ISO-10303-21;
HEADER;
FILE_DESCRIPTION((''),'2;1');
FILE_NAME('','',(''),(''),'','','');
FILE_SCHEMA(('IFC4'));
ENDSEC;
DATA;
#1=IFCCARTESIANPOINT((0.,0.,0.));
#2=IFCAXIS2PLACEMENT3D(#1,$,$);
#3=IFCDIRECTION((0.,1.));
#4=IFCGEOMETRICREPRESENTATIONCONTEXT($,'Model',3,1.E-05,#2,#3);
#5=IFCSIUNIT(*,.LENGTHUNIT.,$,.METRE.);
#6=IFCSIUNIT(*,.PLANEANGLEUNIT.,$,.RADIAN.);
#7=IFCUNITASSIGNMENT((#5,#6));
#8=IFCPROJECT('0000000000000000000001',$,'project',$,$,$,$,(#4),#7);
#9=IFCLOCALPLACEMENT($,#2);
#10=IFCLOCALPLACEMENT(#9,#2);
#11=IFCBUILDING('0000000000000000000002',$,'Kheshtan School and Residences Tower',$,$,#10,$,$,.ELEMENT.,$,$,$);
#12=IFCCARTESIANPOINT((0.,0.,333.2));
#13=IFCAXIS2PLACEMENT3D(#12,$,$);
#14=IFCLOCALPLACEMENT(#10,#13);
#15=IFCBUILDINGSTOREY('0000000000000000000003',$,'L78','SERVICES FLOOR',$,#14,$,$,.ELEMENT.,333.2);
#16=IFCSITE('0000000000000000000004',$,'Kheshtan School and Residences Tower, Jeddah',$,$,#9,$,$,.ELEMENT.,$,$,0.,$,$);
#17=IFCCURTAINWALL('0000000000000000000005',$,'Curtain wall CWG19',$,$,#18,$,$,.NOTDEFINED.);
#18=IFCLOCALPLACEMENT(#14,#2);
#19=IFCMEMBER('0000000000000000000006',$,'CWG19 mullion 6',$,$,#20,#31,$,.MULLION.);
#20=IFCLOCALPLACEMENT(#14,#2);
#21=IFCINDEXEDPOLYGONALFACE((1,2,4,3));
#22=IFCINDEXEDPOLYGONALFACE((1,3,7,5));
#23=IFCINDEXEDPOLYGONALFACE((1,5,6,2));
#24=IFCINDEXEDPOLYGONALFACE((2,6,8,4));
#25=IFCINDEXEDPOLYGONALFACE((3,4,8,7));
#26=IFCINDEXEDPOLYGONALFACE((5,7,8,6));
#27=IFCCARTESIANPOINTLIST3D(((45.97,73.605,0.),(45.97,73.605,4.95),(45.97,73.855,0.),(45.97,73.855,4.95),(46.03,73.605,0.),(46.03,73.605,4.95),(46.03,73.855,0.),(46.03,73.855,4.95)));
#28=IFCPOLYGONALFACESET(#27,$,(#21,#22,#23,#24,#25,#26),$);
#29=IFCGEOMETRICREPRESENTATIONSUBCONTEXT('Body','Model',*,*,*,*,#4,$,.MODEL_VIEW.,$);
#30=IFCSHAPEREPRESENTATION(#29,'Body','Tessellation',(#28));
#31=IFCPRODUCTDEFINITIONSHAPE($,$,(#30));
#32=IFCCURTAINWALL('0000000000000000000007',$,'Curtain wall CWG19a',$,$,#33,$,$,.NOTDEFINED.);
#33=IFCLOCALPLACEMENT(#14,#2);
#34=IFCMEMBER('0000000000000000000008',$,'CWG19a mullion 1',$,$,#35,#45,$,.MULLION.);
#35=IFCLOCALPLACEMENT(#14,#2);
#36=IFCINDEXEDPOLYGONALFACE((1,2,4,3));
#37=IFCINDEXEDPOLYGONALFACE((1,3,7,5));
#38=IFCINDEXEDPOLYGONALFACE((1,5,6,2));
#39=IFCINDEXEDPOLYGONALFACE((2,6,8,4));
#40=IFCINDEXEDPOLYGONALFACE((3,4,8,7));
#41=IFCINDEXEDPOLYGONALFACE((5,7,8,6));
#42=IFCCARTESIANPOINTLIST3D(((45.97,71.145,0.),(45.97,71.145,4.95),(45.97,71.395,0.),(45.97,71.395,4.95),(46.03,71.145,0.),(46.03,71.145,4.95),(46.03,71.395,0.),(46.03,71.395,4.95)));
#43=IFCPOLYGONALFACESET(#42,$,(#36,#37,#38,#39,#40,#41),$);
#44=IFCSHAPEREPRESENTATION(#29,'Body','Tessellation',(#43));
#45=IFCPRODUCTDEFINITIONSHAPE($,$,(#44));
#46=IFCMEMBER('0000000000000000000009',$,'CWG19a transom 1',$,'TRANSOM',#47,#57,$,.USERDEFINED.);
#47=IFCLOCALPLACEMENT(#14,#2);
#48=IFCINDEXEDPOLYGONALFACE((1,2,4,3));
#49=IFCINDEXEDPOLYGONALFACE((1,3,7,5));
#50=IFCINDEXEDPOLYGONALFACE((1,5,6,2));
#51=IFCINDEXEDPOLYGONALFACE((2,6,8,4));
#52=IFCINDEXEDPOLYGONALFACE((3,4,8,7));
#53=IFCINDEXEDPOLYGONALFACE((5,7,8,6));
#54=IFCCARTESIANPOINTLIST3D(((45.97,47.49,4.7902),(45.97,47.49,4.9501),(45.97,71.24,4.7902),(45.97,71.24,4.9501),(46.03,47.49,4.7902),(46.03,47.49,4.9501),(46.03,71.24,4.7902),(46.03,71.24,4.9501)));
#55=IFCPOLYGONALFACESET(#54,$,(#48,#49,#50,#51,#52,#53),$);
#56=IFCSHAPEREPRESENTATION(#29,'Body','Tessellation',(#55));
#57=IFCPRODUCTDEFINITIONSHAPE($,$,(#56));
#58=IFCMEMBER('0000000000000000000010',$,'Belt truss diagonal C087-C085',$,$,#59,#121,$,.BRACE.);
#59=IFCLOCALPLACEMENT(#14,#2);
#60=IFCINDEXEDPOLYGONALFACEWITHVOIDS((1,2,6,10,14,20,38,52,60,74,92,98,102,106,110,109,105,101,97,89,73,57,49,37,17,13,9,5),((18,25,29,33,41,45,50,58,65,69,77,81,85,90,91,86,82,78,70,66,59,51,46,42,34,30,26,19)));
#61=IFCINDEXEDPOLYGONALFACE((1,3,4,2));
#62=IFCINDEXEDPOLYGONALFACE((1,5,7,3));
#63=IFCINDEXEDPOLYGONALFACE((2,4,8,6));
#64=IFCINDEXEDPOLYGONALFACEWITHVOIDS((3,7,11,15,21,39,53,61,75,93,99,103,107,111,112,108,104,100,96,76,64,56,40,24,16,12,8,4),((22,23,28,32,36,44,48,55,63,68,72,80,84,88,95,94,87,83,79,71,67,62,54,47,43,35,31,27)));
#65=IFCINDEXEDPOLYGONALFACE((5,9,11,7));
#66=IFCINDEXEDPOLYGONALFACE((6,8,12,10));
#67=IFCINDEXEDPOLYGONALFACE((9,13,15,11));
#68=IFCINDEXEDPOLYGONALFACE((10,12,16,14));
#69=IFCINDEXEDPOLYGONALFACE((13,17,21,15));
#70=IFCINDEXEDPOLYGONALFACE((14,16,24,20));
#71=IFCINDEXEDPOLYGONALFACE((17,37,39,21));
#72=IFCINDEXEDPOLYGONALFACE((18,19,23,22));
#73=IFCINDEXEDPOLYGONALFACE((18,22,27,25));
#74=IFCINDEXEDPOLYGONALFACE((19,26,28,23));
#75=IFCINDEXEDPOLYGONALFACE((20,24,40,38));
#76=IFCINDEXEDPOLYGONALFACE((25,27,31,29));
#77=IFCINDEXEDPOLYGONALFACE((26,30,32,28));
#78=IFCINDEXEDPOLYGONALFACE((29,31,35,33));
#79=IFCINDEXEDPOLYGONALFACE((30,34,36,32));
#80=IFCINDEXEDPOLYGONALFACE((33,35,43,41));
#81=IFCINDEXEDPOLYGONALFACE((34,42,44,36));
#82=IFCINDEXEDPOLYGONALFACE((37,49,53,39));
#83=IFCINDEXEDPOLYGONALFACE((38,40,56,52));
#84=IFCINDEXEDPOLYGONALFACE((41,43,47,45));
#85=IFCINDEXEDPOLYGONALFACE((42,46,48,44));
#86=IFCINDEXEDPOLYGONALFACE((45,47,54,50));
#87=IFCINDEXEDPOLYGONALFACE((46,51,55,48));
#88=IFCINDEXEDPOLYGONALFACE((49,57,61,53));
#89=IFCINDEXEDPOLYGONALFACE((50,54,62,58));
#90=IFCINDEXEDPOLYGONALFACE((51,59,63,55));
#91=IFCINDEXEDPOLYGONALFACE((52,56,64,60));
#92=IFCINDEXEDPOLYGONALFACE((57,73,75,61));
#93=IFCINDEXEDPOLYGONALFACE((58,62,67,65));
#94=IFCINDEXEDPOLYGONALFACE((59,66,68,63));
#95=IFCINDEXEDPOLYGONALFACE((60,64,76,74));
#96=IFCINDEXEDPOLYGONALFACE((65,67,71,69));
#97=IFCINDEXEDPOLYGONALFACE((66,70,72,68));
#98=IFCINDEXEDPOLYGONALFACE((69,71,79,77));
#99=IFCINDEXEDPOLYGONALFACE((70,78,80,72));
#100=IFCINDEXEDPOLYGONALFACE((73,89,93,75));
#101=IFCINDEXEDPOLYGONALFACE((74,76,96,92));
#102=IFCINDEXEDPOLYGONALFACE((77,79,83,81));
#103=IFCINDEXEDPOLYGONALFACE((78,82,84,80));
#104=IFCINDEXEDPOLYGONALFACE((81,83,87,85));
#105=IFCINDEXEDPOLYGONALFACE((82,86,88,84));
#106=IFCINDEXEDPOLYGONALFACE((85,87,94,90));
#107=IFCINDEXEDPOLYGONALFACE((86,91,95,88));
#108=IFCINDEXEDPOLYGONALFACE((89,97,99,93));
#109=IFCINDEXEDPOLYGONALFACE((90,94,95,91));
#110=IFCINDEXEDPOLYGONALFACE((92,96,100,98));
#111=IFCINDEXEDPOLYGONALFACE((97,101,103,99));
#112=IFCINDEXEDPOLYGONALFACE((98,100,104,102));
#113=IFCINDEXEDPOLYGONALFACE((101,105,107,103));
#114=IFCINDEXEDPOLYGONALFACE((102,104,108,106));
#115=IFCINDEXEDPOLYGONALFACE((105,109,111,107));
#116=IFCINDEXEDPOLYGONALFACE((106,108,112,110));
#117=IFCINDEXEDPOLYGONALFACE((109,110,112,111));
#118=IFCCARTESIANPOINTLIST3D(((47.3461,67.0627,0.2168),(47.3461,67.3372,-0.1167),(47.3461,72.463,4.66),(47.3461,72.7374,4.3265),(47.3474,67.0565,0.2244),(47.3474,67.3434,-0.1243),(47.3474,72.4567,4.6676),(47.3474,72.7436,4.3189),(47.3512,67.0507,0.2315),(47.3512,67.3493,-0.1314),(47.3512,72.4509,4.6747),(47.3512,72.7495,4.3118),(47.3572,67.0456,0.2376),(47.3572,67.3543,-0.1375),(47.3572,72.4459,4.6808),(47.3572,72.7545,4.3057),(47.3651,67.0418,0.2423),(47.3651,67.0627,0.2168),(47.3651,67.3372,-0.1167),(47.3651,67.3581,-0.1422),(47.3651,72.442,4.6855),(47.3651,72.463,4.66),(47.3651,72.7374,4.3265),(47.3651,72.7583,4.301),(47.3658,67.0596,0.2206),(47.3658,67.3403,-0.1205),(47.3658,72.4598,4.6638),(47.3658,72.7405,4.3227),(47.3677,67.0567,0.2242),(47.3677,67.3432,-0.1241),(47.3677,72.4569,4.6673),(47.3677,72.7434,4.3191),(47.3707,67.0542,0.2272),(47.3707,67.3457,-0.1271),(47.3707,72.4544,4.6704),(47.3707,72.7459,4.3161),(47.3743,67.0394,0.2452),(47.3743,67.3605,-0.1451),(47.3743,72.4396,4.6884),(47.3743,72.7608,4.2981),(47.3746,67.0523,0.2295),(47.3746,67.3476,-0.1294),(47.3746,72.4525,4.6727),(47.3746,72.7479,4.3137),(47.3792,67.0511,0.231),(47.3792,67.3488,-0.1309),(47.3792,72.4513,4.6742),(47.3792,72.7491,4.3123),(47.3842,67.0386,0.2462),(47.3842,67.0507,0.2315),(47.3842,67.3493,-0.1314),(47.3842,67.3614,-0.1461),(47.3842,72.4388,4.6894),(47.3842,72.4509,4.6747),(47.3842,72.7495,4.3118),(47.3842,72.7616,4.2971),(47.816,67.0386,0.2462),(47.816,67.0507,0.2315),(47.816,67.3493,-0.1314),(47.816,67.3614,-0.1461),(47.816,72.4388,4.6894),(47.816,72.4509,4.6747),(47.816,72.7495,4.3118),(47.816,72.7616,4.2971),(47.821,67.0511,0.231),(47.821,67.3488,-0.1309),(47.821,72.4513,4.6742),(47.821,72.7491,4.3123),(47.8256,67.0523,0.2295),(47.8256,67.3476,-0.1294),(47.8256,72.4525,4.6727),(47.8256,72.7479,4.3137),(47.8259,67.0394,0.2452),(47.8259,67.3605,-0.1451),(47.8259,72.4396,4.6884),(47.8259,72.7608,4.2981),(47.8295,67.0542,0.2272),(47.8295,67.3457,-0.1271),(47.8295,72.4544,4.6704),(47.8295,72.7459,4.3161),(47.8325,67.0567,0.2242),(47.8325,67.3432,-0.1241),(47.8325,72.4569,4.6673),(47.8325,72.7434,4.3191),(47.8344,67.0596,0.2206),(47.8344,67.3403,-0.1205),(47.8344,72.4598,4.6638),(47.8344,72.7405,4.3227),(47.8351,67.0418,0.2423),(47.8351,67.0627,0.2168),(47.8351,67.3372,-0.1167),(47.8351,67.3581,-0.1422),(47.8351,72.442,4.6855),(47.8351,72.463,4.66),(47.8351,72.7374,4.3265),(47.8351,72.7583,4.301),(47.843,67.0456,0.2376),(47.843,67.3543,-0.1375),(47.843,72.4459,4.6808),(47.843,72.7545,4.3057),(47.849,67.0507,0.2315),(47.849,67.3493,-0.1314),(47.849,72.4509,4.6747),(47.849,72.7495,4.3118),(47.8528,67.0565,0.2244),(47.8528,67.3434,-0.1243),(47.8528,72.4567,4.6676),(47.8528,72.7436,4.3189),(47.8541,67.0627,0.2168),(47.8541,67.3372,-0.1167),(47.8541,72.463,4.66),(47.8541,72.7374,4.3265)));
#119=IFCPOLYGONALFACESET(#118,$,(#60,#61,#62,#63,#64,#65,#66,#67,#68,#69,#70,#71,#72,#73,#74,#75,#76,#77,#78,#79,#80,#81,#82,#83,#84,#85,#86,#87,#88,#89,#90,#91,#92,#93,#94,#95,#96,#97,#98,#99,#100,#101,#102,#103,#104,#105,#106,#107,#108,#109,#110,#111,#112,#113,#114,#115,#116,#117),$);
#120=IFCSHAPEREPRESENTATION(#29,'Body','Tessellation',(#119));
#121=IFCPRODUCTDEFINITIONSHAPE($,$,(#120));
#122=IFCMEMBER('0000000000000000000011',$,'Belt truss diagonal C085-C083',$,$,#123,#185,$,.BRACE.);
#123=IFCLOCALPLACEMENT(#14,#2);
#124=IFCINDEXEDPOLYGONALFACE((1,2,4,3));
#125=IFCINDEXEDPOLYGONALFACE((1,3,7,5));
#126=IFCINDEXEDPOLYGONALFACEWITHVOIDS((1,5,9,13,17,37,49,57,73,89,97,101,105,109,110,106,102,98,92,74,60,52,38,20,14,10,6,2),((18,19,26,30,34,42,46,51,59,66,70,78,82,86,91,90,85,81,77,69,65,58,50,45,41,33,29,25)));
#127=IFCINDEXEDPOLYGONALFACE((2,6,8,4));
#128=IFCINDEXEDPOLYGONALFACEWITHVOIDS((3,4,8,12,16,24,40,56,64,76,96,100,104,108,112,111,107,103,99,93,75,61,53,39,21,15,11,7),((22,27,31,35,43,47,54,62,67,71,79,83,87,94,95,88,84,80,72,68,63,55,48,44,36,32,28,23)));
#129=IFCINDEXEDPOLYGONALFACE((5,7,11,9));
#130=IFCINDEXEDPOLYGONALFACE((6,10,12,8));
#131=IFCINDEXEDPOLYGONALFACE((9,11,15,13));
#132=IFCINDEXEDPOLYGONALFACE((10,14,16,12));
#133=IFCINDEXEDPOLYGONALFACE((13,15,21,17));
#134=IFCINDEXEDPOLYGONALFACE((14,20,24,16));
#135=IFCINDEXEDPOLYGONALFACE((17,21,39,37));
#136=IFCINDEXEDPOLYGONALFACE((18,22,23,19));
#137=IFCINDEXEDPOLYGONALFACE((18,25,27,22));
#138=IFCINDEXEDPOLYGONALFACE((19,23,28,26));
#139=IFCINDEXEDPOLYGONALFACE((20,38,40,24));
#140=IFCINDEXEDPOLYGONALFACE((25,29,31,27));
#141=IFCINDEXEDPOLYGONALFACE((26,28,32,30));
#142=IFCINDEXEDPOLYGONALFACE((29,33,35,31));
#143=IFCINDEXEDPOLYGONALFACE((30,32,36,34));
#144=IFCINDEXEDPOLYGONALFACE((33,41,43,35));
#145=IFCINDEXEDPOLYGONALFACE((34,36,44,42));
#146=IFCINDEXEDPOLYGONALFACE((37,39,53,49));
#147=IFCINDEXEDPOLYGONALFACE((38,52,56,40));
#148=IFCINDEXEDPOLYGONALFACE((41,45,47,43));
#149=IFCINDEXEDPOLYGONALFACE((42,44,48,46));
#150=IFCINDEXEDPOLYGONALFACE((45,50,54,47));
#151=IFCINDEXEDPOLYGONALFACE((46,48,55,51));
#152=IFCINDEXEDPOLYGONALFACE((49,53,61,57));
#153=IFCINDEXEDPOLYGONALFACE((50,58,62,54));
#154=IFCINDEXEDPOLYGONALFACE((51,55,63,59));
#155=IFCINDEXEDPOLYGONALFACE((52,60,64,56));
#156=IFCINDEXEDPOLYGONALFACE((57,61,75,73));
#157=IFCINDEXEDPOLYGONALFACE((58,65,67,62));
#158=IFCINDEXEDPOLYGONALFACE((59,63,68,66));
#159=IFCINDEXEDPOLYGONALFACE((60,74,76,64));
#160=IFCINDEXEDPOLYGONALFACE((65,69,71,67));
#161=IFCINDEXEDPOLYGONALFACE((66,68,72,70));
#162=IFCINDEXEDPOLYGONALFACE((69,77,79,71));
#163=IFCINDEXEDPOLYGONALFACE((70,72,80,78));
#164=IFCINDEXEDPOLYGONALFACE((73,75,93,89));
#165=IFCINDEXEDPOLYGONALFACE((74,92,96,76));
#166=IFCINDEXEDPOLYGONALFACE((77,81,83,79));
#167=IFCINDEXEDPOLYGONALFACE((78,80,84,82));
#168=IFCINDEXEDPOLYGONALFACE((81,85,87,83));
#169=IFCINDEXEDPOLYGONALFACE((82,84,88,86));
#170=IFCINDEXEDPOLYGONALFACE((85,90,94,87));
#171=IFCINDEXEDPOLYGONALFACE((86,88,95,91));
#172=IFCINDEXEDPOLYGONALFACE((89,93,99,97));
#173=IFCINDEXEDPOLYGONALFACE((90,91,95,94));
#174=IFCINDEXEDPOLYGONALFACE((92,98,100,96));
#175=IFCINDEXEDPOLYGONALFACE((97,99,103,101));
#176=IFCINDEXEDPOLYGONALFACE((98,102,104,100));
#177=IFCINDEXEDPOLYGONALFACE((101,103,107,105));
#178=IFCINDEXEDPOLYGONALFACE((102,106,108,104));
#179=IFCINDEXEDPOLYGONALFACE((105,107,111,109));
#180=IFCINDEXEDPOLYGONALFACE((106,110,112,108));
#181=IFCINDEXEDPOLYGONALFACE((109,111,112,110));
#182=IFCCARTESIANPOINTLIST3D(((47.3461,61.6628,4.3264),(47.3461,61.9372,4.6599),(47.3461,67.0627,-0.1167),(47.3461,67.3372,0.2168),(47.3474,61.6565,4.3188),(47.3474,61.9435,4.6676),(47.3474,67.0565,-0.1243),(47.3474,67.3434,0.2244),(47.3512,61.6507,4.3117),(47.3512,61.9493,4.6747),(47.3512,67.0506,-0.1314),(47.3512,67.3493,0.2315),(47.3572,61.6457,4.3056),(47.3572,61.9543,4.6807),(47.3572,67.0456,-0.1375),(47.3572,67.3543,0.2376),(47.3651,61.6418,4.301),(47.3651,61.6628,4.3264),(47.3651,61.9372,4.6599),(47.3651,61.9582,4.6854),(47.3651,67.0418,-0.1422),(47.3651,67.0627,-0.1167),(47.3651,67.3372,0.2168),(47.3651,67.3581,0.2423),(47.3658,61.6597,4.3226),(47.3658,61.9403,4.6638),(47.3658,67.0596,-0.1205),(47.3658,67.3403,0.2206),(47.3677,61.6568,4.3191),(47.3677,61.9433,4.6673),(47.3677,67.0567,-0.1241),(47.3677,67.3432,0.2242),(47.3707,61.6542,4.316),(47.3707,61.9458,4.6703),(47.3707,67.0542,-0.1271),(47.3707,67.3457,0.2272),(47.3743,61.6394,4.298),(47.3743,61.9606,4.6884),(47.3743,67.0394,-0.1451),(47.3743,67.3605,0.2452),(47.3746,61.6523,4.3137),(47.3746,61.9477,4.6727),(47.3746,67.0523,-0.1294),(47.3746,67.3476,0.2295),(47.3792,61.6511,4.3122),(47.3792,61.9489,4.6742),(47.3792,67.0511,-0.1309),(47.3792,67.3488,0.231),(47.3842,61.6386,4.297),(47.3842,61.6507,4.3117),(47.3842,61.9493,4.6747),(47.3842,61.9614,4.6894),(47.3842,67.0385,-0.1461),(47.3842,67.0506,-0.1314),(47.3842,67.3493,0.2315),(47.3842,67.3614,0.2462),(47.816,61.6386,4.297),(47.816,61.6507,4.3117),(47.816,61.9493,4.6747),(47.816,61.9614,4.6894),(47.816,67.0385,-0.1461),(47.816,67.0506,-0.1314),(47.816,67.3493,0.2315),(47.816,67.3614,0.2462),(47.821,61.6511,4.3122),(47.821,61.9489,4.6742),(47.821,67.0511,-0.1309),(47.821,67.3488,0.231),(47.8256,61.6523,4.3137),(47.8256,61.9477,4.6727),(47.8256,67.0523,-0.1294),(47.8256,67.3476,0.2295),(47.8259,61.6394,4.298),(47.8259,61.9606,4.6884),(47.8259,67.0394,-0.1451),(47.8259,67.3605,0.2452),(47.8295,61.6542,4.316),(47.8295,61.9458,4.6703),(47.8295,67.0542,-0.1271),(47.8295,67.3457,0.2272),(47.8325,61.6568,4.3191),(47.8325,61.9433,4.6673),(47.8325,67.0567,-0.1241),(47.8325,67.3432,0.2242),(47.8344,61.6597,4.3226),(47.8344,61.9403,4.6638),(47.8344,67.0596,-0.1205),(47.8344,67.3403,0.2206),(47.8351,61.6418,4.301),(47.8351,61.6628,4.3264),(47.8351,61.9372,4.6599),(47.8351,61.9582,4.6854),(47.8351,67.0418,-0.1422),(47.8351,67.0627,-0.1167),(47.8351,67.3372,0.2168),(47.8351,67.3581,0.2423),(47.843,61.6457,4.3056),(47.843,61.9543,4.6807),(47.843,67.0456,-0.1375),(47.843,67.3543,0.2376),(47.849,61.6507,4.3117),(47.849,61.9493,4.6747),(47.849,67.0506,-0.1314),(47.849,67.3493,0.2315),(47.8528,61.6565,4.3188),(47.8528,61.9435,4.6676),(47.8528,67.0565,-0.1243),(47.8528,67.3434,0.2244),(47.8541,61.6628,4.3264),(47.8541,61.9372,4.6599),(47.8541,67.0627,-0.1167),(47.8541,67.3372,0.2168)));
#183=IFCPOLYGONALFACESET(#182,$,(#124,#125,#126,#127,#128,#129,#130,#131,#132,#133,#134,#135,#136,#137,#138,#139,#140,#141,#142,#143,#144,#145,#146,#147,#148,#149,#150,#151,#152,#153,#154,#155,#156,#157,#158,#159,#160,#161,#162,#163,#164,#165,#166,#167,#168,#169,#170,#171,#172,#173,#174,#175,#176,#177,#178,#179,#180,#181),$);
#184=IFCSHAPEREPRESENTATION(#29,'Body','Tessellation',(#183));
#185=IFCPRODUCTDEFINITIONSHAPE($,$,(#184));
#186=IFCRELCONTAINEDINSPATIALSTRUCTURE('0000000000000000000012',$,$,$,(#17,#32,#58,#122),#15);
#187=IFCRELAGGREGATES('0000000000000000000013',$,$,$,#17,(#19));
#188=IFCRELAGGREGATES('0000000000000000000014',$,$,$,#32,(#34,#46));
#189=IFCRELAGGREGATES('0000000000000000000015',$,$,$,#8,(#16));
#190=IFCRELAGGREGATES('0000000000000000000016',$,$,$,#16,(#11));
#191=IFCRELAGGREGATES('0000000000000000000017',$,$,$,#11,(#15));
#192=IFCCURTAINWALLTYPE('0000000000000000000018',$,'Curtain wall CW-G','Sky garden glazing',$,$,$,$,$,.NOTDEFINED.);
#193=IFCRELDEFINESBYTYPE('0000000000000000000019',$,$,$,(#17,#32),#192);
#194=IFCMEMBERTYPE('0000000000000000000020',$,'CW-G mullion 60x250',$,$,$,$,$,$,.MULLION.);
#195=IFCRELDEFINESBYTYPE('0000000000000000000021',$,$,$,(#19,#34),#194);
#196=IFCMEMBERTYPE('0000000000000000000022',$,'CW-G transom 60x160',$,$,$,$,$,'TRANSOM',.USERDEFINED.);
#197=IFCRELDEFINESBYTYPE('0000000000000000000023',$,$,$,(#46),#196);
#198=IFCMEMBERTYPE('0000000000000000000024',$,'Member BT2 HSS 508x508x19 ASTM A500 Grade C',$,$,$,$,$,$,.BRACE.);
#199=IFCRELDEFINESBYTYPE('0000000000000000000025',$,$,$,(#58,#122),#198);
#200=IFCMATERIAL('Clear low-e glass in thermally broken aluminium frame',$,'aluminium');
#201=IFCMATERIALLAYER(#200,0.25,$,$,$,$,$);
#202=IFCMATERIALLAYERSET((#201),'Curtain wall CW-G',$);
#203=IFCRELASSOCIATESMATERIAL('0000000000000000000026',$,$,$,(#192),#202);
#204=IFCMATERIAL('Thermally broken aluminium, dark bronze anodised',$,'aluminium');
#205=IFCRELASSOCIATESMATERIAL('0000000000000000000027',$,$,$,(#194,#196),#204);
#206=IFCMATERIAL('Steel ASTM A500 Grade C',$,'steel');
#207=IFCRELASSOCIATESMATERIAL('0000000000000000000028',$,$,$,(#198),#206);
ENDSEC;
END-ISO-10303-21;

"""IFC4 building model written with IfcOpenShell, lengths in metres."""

from ifc_helpers import new_model, si_unit, direction, frame, origin, origin_2d, place, context, subcontext, project, spatial, rectangle, hollow_rectangle, extrude, material, layer, layer_set, material_profile, profile_set, type_object, element, aggregate, save


model = new_model("IFC4")

# Units and contexts
model_context = context("Model", 3, precision=1e-05, world=origin(), true_north=direction((0.0, 1.0)))
body_context = subcontext(model_context, "Body", "Model", "MODEL_VIEW")
ifc_project = project(units=[si_unit("LENGTHUNIT", "METRE"), si_unit("PLANEANGLEUNIT", "RADIAN")], contexts=[model_context])

# Site, building, storey
site_placement = place(None, origin())
site = spatial("IfcSite", under=ifc_project, at=site_placement, Name="Kheshtan School and Residences Tower, Jeddah", CompositionType="ELEMENT", RefElevation=0.0)
building_placement = place(site_placement, origin())
building = spatial("IfcBuilding", under=site, at=building_placement, Name="Kheshtan School and Residences Tower", CompositionType="ELEMENT")
storey_placement = place(building_placement, frame((0.0, 0.0, 333.2)))
storey = spatial("IfcBuildingStorey", under=building, at=storey_placement, Name="L78", Description="SERVICES FLOOR", CompositionType="ELEMENT", Elevation=333.2)

# Curtain wall, member
ifc_material_1 = material(Name="Clear low-e glass in thermally broken aluminium frame", Category="aluminium")
ifc_layer_1 = layer(ifc_material_1, 0.25)
ifc_layer_set_1 = layer_set([ifc_layer_1], Name="Curtain wall CW-G")
curtain_wall_type = type_object("IfcCurtainWallType", Name="Curtain wall CW-G", Description="Sky garden glazing", PredefinedType="NOTDEFINED", material=ifc_layer_set_1)
curtain_wall_1_placement = place(storey_placement, origin())
curtain_wall_1 = element("IfcCurtainWall", 1, at=curtain_wall_1_placement, inside=storey, type_object=curtain_wall_type, Name="Curtain wall CWG19", PredefinedType="NOTDEFINED")
ifc_material_2 = material(Name="Thermally broken aluminium, dark bronze anodised", Category="aluminium")
ifc_material_profile_1 = material_profile(ifc_material_2, rectangle(XDim=0.0601, YDim=0.25, at=origin_2d()), Name="CW-G mullion 60x250")
ifc_profile_set_1 = profile_set([ifc_material_profile_1], Name="Thermally broken aluminium, dark bronze anodised")
member_type_1 = type_object("IfcMemberType", Name="CW-G mullion 60x250", PredefinedType="MULLION", material=ifc_profile_set_1)
member_1_placement = place(storey_placement, frame((46.0, 73.73, 0.0), z_axis=(0.0, 0.0, 1.0), x_axis=(1.0, 0.0, 0.0)))
member_1 = element("IfcMember", 2, at=member_1_placement, type_object=member_type_1, Name="CWG19 mullion 6", PredefinedType="MULLION", context=body_context, shape_type="SweptSolid", body=[
    extrude(rectangle(XDim=0.0601, YDim=0.25, at=origin_2d()), origin(), (0.0, 0.0, 1.0), 4.95),
])

# Curtain wall, members
curtain_wall_2_placement = place(storey_placement, origin())
curtain_wall_2 = element("IfcCurtainWall", 3, at=curtain_wall_2_placement, inside=storey, type_object=curtain_wall_type, Name="Curtain wall CWG19a", PredefinedType="NOTDEFINED")
member_2_placement = place(storey_placement, frame((46.0, 71.27, 0.0), z_axis=(0.0, 0.0, 1.0), x_axis=(1.0, 0.0, 0.0)))
member_2 = element("IfcMember", 4, at=member_2_placement, type_object=member_type_1, Name="CWG19a mullion 1", PredefinedType="MULLION", context=body_context, shape_type="SweptSolid", body=[
    extrude(rectangle(XDim=0.0601, YDim=0.25, at=origin_2d()), origin(), (0.0, 0.0, 1.0), 4.95),
])
ifc_material_profile_2 = material_profile(ifc_material_2, rectangle(XDim=0.0601, YDim=0.1599, at=origin_2d()), Name="CW-G transom 60x160")
ifc_profile_set_2 = profile_set([ifc_material_profile_2], Name="Thermally broken aluminium, dark bronze anodised")
member_type_2 = type_object("IfcMemberType", Name="CW-G transom 60x160", ElementType="TRANSOM", PredefinedType="USERDEFINED", material=ifc_profile_set_2)
member_3_placement = place(storey_placement, frame((46.0, 71.24, 4.8701), z_axis=(0.0, -1.0, 0.0), x_axis=(1.0, 0.0, 0.0)))
member_3 = element("IfcMember", 5, at=member_3_placement, type_object=member_type_2, Name="CWG19a transom 1", ObjectType="TRANSOM", PredefinedType="USERDEFINED", context=body_context, shape_type="SweptSolid", body=[
    extrude(rectangle(XDim=0.0601, YDim=0.1599, at=origin_2d()), origin(), (0.0, 0.0, 1.0), 23.75),
])

# Members
ifc_material_3 = material(Name="Steel ASTM A500 Grade C", Category="steel")
ifc_material_profile_3 = material_profile(ifc_material_3, hollow_rectangle(XDim=0.5081, YDim=0.5081, WallThickness=0.019, InnerFilletRadius=0.019, OuterFilletRadius=0.0381, at=origin_2d()), Name="HSS 508x508x19")
ifc_profile_set_3 = profile_set([ifc_material_profile_3], Name="Steel ASTM A500 Grade C")
member_type_3 = type_object("IfcMemberType", Name="Member BT2 HSS 508x508x19 ASTM A500 Grade C", PredefinedType="BRACE", material=ifc_profile_set_3)
member_4_placement = place(storey_placement, frame((47.6001, 67.2, 0.05), z_axis=(0.0, 0.772215, 0.635361), x_axis=(-1.0, 0.0, 0.0)))
element("IfcMember", 6, at=member_4_placement, inside=storey, type_object=member_type_3, Name="Belt truss diagonal C087-C085", PredefinedType="BRACE", context=body_context, shape_type="SweptSolid", body=[
    extrude(hollow_rectangle(XDim=0.5081, YDim=0.5081, WallThickness=0.019, InnerFilletRadius=0.019, OuterFilletRadius=0.0381, at=origin_2d()), origin(), (0.0, 0.0, 1.0), 6.9932),
])
member_5_placement = place(storey_placement, frame((47.6001, 67.2, 0.05), z_axis=(0.0, -0.772201, 0.635378), x_axis=(1.0, 0.0, 0.0)))
element("IfcMember", 7, at=member_5_placement, inside=storey, type_object=member_type_3, Name="Belt truss diagonal C085-C083", PredefinedType="BRACE", context=body_context, shape_type="SweptSolid", body=[
    extrude(hollow_rectangle(XDim=0.5081, YDim=0.5081, WallThickness=0.019, InnerFilletRadius=0.019, OuterFilletRadius=0.0381, at=origin_2d()), origin(), (0.0, 0.0, 1.0), 6.9929),
])

aggregate(curtain_wall_1, [member_1])
aggregate(curtain_wall_2, [member_2, member_3])

save(model, "model.ifc")
